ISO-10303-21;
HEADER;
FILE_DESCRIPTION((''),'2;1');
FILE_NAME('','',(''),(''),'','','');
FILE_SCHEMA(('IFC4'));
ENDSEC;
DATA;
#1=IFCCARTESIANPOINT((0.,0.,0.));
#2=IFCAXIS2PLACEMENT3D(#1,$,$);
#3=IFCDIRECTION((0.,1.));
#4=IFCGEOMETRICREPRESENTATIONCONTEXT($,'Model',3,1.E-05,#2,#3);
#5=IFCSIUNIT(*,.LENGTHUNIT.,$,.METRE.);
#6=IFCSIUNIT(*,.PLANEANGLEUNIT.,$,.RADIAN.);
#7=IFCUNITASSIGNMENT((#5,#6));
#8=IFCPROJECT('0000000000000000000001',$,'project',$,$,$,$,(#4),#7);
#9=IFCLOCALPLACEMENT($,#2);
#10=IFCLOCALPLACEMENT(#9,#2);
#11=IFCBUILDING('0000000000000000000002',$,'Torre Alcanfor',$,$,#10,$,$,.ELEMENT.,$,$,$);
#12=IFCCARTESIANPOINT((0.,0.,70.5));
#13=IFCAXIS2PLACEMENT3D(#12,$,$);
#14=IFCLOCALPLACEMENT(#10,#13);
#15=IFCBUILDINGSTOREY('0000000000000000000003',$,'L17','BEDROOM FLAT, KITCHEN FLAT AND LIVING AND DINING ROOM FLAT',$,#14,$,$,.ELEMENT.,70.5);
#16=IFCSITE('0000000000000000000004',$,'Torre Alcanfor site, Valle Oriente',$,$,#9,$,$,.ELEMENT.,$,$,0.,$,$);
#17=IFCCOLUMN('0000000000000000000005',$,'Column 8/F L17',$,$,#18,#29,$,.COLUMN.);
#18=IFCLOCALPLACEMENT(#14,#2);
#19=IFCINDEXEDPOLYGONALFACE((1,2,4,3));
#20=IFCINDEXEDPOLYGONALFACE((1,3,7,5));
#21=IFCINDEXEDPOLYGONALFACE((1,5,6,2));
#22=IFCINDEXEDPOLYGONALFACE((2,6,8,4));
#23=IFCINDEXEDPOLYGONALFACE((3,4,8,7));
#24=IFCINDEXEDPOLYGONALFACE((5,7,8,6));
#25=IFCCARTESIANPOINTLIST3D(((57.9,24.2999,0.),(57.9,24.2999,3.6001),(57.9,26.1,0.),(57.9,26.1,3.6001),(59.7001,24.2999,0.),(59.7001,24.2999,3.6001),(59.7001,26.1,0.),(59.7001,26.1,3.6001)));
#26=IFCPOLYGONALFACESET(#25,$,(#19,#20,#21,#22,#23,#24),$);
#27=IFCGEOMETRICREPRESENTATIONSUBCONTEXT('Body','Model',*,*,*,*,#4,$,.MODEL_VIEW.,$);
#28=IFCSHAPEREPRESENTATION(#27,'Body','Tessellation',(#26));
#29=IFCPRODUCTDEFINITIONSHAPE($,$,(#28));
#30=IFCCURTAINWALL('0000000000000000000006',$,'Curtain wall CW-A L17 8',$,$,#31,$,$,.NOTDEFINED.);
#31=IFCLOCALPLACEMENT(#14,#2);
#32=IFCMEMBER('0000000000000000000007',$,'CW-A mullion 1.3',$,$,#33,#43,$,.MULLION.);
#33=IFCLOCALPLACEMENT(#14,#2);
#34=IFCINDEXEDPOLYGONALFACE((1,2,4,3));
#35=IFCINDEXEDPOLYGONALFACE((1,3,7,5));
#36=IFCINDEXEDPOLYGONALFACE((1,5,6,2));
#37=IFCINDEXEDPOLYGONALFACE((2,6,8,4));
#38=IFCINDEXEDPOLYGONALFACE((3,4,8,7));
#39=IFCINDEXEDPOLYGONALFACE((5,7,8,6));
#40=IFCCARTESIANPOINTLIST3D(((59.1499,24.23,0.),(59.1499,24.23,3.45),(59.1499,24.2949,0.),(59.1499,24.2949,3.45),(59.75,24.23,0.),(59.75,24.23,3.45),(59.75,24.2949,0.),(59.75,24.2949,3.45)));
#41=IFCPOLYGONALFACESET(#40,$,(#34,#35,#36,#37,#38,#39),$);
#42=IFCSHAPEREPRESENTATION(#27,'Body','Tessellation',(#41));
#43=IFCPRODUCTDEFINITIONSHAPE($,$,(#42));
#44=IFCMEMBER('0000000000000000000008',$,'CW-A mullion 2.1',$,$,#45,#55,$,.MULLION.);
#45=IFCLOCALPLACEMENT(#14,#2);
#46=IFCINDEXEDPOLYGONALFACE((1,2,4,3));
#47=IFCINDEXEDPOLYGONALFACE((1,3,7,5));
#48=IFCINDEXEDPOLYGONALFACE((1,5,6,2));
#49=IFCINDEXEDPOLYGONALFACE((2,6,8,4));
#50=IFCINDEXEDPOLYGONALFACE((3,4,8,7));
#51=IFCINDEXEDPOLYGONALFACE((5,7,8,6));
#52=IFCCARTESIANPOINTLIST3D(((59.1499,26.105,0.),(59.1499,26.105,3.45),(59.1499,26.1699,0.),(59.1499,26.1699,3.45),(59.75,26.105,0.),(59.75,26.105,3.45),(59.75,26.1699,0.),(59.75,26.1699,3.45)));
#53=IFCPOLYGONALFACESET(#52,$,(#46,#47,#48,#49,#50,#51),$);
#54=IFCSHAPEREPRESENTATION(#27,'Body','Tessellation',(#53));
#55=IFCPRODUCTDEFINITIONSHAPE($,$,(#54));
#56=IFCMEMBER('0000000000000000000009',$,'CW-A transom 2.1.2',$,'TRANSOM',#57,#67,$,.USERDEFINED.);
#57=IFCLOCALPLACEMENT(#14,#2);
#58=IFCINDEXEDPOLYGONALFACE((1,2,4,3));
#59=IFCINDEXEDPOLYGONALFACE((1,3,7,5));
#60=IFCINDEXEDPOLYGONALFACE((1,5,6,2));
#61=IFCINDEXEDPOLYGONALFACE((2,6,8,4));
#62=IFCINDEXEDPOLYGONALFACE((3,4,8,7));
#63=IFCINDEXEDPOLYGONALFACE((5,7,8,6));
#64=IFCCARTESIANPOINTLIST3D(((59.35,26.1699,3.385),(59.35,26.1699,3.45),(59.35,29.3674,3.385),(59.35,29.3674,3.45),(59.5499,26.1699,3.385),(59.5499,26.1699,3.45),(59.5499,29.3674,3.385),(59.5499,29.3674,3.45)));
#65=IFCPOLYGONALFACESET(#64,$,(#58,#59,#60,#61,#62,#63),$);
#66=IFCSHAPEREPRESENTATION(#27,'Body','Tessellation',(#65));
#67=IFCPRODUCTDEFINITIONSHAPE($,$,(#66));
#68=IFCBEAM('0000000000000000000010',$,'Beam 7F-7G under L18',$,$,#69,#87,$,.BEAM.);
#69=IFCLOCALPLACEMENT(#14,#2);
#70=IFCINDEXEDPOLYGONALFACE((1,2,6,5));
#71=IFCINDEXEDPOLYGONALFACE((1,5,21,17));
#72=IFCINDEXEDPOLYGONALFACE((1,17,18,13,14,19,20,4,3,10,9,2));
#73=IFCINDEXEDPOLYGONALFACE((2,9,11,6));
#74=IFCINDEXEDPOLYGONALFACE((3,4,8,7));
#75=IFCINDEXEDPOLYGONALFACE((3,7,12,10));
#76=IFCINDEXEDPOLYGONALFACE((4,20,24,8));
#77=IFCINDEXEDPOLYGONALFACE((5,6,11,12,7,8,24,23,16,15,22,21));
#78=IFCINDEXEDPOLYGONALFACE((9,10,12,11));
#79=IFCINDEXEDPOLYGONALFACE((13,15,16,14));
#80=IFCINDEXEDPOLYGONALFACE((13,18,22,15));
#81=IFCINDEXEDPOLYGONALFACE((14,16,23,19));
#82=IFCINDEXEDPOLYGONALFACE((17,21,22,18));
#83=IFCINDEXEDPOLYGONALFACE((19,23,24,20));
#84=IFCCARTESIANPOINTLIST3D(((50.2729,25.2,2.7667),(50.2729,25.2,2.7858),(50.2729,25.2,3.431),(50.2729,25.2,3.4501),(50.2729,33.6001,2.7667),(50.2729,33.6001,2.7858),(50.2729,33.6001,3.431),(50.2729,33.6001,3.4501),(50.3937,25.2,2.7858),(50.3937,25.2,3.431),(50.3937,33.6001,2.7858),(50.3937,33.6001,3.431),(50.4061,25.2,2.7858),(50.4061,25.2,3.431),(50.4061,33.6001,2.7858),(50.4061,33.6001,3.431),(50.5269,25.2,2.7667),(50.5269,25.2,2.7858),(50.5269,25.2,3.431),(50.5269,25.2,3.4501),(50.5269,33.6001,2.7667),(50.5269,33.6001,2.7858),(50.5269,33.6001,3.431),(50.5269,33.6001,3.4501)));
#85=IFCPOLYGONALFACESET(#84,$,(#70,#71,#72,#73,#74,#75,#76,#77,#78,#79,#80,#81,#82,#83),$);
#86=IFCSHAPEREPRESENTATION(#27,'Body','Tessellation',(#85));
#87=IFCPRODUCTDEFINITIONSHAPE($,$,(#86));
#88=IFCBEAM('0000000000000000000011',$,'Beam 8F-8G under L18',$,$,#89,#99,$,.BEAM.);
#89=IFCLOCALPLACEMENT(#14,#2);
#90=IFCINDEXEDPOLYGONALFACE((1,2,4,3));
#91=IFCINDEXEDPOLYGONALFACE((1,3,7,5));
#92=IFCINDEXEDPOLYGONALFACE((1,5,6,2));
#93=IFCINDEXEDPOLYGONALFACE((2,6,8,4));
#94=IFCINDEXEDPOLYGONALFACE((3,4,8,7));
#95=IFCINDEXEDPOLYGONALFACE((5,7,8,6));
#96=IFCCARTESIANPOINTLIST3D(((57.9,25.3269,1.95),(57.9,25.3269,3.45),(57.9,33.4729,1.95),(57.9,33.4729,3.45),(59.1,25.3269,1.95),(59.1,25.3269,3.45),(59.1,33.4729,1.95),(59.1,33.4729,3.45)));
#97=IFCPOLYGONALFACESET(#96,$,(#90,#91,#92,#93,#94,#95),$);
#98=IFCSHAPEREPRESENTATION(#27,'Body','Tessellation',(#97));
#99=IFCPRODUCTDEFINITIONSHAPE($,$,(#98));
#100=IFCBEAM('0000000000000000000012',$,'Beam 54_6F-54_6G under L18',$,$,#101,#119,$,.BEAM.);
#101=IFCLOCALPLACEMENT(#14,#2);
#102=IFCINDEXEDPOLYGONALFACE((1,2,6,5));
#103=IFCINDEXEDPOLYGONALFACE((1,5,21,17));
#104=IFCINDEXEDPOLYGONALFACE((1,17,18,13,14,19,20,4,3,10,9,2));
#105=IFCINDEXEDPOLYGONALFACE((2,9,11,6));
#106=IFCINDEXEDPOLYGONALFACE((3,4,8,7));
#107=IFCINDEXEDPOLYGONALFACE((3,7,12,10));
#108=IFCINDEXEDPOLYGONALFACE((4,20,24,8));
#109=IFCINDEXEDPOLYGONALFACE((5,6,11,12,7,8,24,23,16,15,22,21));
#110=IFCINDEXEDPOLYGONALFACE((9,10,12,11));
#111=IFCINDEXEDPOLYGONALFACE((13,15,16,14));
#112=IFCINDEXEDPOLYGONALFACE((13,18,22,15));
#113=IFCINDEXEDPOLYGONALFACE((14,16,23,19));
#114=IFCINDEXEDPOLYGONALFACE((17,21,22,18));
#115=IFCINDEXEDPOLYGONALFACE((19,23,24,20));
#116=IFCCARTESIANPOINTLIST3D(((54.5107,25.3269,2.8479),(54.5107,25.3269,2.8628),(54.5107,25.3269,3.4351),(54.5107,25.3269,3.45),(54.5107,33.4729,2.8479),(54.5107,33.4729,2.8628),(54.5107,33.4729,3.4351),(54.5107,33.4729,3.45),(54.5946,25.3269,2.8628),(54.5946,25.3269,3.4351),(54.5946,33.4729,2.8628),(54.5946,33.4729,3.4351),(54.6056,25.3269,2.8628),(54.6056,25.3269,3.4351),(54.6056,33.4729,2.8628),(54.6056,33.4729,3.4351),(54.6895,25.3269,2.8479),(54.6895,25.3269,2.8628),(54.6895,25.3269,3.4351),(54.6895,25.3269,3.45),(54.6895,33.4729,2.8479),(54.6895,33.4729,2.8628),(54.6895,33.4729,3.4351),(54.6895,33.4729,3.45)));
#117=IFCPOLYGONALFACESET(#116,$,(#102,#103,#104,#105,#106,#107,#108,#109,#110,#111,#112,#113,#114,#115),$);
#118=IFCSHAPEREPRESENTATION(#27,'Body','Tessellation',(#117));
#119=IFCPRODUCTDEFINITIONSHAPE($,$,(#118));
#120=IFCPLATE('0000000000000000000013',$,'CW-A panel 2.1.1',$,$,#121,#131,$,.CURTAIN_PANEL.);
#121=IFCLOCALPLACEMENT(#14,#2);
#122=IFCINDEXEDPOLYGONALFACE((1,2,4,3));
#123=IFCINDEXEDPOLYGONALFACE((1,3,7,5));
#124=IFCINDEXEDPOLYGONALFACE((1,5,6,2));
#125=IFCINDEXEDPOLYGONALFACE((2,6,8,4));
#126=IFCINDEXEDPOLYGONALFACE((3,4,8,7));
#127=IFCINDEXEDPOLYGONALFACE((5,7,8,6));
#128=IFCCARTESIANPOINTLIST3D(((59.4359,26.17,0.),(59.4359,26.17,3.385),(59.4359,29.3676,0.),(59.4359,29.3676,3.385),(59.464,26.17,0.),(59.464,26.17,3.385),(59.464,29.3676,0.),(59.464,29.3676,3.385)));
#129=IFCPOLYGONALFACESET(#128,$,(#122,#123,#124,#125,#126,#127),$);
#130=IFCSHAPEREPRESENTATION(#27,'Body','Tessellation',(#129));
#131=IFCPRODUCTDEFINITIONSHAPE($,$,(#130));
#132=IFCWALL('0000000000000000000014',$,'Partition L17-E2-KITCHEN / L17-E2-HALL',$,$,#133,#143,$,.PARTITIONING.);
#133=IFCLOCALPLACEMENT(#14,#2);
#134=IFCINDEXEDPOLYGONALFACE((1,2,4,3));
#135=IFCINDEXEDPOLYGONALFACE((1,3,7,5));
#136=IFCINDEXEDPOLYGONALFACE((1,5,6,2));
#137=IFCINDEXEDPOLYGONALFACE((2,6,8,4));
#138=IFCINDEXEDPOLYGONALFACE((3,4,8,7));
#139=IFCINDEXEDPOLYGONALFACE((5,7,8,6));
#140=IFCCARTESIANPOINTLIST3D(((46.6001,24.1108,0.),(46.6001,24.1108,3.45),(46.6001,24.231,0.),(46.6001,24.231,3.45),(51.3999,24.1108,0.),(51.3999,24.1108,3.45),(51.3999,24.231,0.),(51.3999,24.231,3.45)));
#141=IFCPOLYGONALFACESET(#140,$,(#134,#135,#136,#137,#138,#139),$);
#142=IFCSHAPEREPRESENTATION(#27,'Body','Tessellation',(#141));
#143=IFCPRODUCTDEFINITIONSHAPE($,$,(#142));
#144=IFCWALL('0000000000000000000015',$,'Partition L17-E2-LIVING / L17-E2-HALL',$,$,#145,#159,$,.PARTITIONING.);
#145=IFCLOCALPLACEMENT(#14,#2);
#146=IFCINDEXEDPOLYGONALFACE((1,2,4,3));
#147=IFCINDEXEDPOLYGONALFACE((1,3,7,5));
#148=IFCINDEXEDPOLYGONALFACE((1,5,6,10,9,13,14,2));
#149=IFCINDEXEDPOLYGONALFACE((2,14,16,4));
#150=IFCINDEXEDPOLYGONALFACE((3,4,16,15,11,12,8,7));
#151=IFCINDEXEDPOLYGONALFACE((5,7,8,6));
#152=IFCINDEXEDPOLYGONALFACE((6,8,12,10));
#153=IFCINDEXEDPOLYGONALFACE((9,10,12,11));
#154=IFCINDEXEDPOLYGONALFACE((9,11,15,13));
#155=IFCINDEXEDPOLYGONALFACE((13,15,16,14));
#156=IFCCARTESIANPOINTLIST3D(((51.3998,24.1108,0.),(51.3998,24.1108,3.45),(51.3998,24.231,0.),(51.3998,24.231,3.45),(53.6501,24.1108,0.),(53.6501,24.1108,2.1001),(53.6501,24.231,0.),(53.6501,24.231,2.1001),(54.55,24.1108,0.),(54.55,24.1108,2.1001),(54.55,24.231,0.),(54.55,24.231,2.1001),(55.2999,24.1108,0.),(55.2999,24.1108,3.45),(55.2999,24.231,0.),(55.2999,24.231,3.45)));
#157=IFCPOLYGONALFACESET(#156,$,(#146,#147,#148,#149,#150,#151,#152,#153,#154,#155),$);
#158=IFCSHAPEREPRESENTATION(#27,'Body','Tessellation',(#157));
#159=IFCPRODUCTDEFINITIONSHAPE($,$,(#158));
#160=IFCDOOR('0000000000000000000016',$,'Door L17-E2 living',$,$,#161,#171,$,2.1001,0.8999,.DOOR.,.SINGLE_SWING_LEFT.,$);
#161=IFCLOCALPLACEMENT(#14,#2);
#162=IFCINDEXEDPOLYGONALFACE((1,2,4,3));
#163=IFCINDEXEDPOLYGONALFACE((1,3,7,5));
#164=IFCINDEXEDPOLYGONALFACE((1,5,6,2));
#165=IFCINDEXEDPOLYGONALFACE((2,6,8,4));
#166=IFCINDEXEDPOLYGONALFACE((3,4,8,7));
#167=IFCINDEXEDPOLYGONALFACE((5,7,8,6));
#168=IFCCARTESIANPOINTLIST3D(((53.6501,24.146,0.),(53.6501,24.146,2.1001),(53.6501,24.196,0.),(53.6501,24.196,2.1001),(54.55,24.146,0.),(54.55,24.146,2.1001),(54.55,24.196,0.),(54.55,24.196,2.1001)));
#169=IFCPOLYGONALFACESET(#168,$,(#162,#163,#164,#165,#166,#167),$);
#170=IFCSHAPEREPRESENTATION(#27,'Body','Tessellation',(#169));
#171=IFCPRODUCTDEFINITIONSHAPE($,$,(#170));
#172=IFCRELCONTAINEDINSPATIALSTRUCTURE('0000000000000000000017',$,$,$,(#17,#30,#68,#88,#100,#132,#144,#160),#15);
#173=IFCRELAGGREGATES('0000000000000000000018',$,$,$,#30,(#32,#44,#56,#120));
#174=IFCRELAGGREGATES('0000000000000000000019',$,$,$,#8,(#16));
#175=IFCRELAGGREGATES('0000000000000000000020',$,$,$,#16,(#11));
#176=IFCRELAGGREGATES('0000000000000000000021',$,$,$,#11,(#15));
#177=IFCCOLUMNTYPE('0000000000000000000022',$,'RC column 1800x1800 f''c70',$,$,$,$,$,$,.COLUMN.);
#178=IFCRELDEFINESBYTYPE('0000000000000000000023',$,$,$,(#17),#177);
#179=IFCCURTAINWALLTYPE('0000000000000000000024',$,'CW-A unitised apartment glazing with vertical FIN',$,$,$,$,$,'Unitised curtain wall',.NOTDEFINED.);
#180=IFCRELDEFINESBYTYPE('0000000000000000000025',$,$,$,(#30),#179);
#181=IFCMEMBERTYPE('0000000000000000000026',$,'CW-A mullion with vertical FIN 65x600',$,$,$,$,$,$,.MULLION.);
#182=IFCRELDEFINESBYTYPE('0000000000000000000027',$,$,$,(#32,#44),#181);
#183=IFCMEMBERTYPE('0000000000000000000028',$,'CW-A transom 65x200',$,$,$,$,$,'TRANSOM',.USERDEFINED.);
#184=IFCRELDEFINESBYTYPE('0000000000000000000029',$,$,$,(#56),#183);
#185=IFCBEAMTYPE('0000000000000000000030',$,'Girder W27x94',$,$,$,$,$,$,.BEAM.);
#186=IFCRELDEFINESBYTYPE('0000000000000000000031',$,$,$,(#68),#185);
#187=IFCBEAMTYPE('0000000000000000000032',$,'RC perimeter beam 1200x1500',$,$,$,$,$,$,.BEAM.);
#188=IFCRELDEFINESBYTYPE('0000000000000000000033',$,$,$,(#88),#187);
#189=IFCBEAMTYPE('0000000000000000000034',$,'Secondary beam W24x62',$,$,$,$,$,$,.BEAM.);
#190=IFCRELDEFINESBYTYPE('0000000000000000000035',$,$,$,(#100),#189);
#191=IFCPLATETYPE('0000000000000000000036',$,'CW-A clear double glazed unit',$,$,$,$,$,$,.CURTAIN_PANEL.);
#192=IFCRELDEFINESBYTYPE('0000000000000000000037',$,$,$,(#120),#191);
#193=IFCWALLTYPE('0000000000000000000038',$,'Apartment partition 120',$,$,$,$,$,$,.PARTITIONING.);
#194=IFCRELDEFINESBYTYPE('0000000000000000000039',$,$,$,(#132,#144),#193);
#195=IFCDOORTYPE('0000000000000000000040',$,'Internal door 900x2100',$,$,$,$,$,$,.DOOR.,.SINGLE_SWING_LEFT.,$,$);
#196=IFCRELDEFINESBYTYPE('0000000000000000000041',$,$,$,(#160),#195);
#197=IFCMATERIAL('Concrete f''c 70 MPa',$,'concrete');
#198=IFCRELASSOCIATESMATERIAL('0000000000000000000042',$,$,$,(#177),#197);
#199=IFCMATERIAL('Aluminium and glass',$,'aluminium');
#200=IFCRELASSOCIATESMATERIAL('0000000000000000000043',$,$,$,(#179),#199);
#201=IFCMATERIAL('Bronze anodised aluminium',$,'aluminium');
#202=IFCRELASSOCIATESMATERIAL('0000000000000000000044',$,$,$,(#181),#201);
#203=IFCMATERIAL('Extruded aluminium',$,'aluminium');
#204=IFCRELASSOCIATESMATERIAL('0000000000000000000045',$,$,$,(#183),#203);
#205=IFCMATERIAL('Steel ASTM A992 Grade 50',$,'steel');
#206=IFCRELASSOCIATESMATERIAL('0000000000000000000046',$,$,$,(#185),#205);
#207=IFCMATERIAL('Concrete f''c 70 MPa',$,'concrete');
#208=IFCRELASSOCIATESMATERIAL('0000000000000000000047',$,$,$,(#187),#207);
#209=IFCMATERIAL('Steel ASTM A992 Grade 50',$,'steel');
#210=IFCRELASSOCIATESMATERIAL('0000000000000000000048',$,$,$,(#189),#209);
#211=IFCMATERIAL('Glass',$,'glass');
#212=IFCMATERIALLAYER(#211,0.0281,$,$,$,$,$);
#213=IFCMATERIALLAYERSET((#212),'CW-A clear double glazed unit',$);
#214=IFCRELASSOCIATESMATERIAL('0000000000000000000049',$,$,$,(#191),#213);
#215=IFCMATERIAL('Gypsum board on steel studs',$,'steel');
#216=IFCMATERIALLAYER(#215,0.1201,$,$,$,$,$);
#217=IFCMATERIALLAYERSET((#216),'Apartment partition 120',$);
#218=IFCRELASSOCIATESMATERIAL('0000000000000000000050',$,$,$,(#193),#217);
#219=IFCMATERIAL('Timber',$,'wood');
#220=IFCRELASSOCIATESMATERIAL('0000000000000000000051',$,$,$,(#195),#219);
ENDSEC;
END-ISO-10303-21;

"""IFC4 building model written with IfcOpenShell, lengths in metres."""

from ifc_helpers import new_model, si_unit, direction, frame, frame_2d, origin, origin_2d, place, context, subcontext, project, spatial, rectangle, i_section, extrude, material, layer, layer_set, material_profile, profile_set, type_object, element, fill, aggregate, save


model = new_model("IFC4")

# Units and contexts
model_context = context("Model", 3, precision=1e-05, world=origin(), true_north=direction((0.0, 1.0)))
body_context = subcontext(model_context, "Body", "Model", "MODEL_VIEW")
ifc_project = project(units=[si_unit("LENGTHUNIT", "METRE"), si_unit("PLANEANGLEUNIT", "RADIAN")], contexts=[model_context])

# Site, building, storey
site_placement = place(None, origin())
site = spatial("IfcSite", under=ifc_project, at=site_placement, Name="Torre Alcanfor site, Valle Oriente", CompositionType="ELEMENT", RefElevation=0.0)
building_placement = place(site_placement, origin())
building = spatial("IfcBuilding", under=site, at=building_placement, Name="Torre Alcanfor", CompositionType="ELEMENT")
storey_placement = place(building_placement, frame((0.0, 0.0, 70.5)))
storey = spatial("IfcBuildingStorey", under=building, at=storey_placement, Name="L17", Description="BEDROOM FLAT, KITCHEN FLAT AND LIVING AND DINING ROOM FLAT", CompositionType="ELEMENT", Elevation=70.5)

# Column
ifc_material_1 = material(Name="Concrete f'c 70 MPa", Category="concrete")
ifc_material_profile_1 = material_profile(ifc_material_1, rectangle(XDim=1.8, YDim=1.8, at=origin_2d()), Name="1800x1800")
ifc_profile_set_1 = profile_set([ifc_material_profile_1], Name="Concrete f'c 70 MPa")
column_type = type_object("IfcColumnType", Name="RC column 1800x1800 f'c70", PredefinedType="COLUMN", material=ifc_profile_set_1)
column_placement = place(storey_placement, frame((58.8, 25.2, 0.0), z_axis=(0.0, 0.0, 1.0), x_axis=(1.0, 0.0, 0.0)))
element("IfcColumn", 1, at=column_placement, inside=storey, type_object=column_type, Name="Column 8/F L17", PredefinedType="COLUMN", context=body_context, shape_type="SweptSolid", body=[
    extrude(rectangle(XDim=1.8, YDim=1.8, at=origin_2d()), origin(), (0.0, 0.0, 1.0), 3.6001),
])

# Curtain wall, members
ifc_material_2 = material(Name="Aluminium and glass", Category="aluminium")
curtain_wall_type = type_object("IfcCurtainWallType", Name="CW-A unitised apartment glazing with vertical FIN", ElementType="Unitised curtain wall", PredefinedType="NOTDEFINED", material=ifc_material_2)
curtain_wall_placement = place(storey_placement, origin())
curtain_wall = element("IfcCurtainWall", 2, at=curtain_wall_placement, inside=storey, type_object=curtain_wall_type, Name="Curtain wall CW-A L17 8", PredefinedType="NOTDEFINED")
ifc_material_3 = material(Name="Bronze anodised aluminium", Category="aluminium")
ifc_material_profile_2 = material_profile(ifc_material_3, rectangle(XDim=0.6001, YDim=0.0649, at=origin_2d()), Name="CW-A mullion 65x600")
ifc_profile_set_2 = profile_set([ifc_material_profile_2], Name="Bronze anodised aluminium")
member_type_1 = type_object("IfcMemberType", Name="CW-A mullion with vertical FIN 65x600", PredefinedType="MULLION", material=ifc_profile_set_2)
member_1_placement = place(storey_placement, frame((59.45, 24.2625, 0.0), z_axis=(0.0, 0.0, 1.0), x_axis=(-1.0, 0.0, 0.0)))
member_1 = element("IfcMember", 3, at=member_1_placement, type_object=member_type_1, Name="CW-A mullion 1.3", PredefinedType="MULLION", context=body_context, shape_type="SweptSolid", body=[
    extrude(rectangle(XDim=0.6001, YDim=0.0649, at=origin_2d()), origin(), (0.0, 0.0, 1.0), 3.45),
])
member_2_placement = place(storey_placement, frame((59.45, 26.1375, 0.0), z_axis=(0.0, 0.0, 1.0), x_axis=(-1.0, 0.0, 0.0)))
member_2 = element("IfcMember", 4, at=member_2_placement, type_object=member_type_1, Name="CW-A mullion 2.1", PredefinedType="MULLION", context=body_context, shape_type="SweptSolid", body=[
    extrude(rectangle(XDim=0.6001, YDim=0.0649, at=origin_2d()), origin(), (0.0, 0.0, 1.0), 3.45),
])
ifc_material_4 = material(Name="Extruded aluminium", Category="aluminium")
ifc_material_profile_3 = material_profile(ifc_material_4, rectangle(XDim=0.2, YDim=0.0649, at=origin_2d()), Name="CW-A transom 200x65")
ifc_profile_set_3 = profile_set([ifc_material_profile_3], Name="Extruded aluminium")
member_type_2 = type_object("IfcMemberType", Name="CW-A transom 65x200", ElementType="TRANSOM", PredefinedType="USERDEFINED", material=ifc_profile_set_3)
member_3_placement = place(storey_placement, frame((59.45, 26.1699, 3.4175), z_axis=(0.0, 1.0, 0.0), x_axis=(-1.0, 0.0, 0.0)))
member_3 = element("IfcMember", 5, at=member_3_placement, type_object=member_type_2, Name="CW-A transom 2.1.2", ObjectType="TRANSOM", PredefinedType="USERDEFINED", context=body_context, shape_type="SweptSolid", body=[
    extrude(rectangle(XDim=0.2, YDim=0.0649, at=origin_2d()), origin(), (0.0, 0.0, 1.0), 3.1975),
])

# Beams
ifc_material_5 = material(Name="Steel ASTM A992 Grade 50", Category="steel")
ifc_material_profile_4 = material_profile(ifc_material_5, i_section(OverallWidth=0.2539, OverallDepth=0.6833, WebThickness=0.0125, FlangeThickness=0.019, at=origin_2d()), Name="W27x94")
ifc_profile_set_4 = profile_set([ifc_material_profile_4], Name="Steel ASTM A992 Grade 50")
beam_type_1 = type_object("IfcBeamType", Name="Girder W27x94", PredefinedType="BEAM", material=ifc_profile_set_4)
beam_1_placement = place(storey_placement, frame((50.3999, 25.2, 3.1084), z_axis=(0.0, 1.0, 0.0), x_axis=(-1.0, 0.0, 0.0)))
element("IfcBeam", 6, at=beam_1_placement, inside=storey, type_object=beam_type_1, Name="Beam 7F-7G under L18", PredefinedType="BEAM", context=body_context, shape_type="SweptSolid", body=[
    extrude(i_section(OverallWidth=0.2539, OverallDepth=0.6833, WebThickness=0.0125, FlangeThickness=0.019, at=origin_2d()), origin(), (0.0, 0.0, 1.0), 8.4001),
])
ifc_material_6 = material(Name="Concrete f'c 70 MPa", Category="concrete")
ifc_material_profile_5 = material_profile(ifc_material_6, rectangle(XDim=1.2, YDim=1.5, at=origin_2d()), Name="1200x1500")
ifc_profile_set_5 = profile_set([ifc_material_profile_5], Name="Concrete f'c 70 MPa")
beam_type_2 = type_object("IfcBeamType", Name="RC perimeter beam 1200x1500", PredefinedType="BEAM", material=ifc_profile_set_5)
beam_2_placement = place(storey_placement, frame((58.5, 25.3269, 2.7), z_axis=(0.0, 1.0, 0.0), x_axis=(-1.0, 0.0, 0.0)))
element("IfcBeam", 7, at=beam_2_placement, inside=storey, type_object=beam_type_2, Name="Beam 8F-8G under L18", PredefinedType="BEAM", context=body_context, shape_type="SweptSolid", body=[
    extrude(rectangle(XDim=1.2, YDim=1.5, at=origin_2d()), origin(), (0.0, 0.0, 1.0), 8.146),
])
ifc_material_7 = material(Name="Steel ASTM A992 Grade 50", Category="steel")
ifc_material_profile_6 = material_profile(ifc_material_7, i_section(OverallWidth=0.1787, OverallDepth=0.6021, WebThickness=0.011, FlangeThickness=0.0149, at=origin_2d()), Name="W24x62")
ifc_profile_set_6 = profile_set([ifc_material_profile_6], Name="Steel ASTM A992 Grade 50")
beam_type_3 = type_object("IfcBeamType", Name="Secondary beam W24x62", PredefinedType="BEAM", material=ifc_profile_set_6)
beam_3_placement = place(storey_placement, frame((54.6001, 25.3269, 3.1489), z_axis=(0.0, 1.0, 0.0), x_axis=(-1.0, 0.0, 0.0)))
element("IfcBeam", 8, at=beam_3_placement, inside=storey, type_object=beam_type_3, Name="Beam 54_6F-54_6G under L18", PredefinedType="BEAM", context=body_context, shape_type="SweptSolid", body=[
    extrude(i_section(OverallWidth=0.1787, OverallDepth=0.6021, WebThickness=0.011, FlangeThickness=0.0149, at=origin_2d()), origin(), (0.0, 0.0, 1.0), 8.146),
])

# Plate
ifc_material_8 = material(Name="Glass", Category="glass")
ifc_layer_1 = layer(ifc_material_8, 0.0281)
ifc_layer_set_1 = layer_set([ifc_layer_1], Name="CW-A clear double glazed unit")
plate_type = type_object("IfcPlateType", Name="CW-A clear double glazed unit", PredefinedType="CURTAIN_PANEL", material=ifc_layer_set_1)
plate_placement = place(storey_placement, frame((59.45, 27.7688, 0.0), z_axis=(0.0, 0.0, 1.0), x_axis=(0.0, 1.0, 0.0)))
plate = element("IfcPlate", 9, at=plate_placement, type_object=plate_type, Name="CW-A panel 2.1.1", PredefinedType="CURTAIN_PANEL", context=body_context, shape_type="SweptSolid", body=[
    extrude(rectangle(XDim=3.1975, YDim=0.0281, at=origin_2d()), origin(), (0.0, 0.0, 1.0), 3.385),
])
aggregate(curtain_wall, [member_1, member_2, member_3, plate])

# Wall
ifc_material_9 = material(Name="Gypsum board on steel studs", Category="steel")
ifc_layer_2 = layer(ifc_material_9, 0.1201)
ifc_layer_set_2 = layer_set([ifc_layer_2], Name="Apartment partition 120")
wall_type_1 = type_object("IfcWallType", Name="Apartment partition 120", PredefinedType="PARTITIONING", material=ifc_layer_set_2)
wall_1_placement = place(storey_placement, frame((51.3999, 24.1709, 0.0), z_axis=(0.0, 0.0, 1.0), x_axis=(-1.0, 0.0, 0.0)))
element("IfcWall", 10, at=wall_1_placement, inside=storey, type_object=wall_type_1, Name="Partition L17-E2-KITCHEN / L17-E2-HALL", PredefinedType="PARTITIONING", context=body_context, shape_type="SweptSolid", body=[
    extrude(rectangle(XDim=4.7998, YDim=0.1201, at=frame_2d((2.3999, 0.0))), origin(), (0.0, 0.0, 1.0), 3.45),
])

# Wall, opening, door
wall_2_placement = place(storey_placement, frame((55.3, 24.1709, 0.0), z_axis=(0.0, 0.0, 1.0), x_axis=(-1.0, 0.0, 0.0)))
wall_2 = element("IfcWall", 11, at=wall_2_placement, inside=storey, type_object=wall_type_1, Name="Partition L17-E2-LIVING / L17-E2-HALL", PredefinedType="PARTITIONING", context=body_context, shape_type="SweptSolid", body=[
    extrude(rectangle(XDim=3.9001, YDim=0.1201, at=frame_2d((1.9502, 0.0))), origin(), (0.0, 0.0, 1.0), 3.45),
])
opening_1_placement = place(wall_2_placement, frame((0.75, 0.0, 0.0)))
opening_1 = element("IfcOpeningElement", 12, at=opening_1_placement, cuts=wall_2, PredefinedType="OPENING", context=body_context, shape_type="SweptSolid", body=[
    extrude(rectangle(XDim=0.8999, YDim=2.1001, at=frame_2d((0.45, 1.05))), frame((0.0, 0.0701, 0.0), z_axis=(0.0, -1.0, 0.0), x_axis=(1.0, 0.0, 0.0)), (0.0, 0.0, 1.0), 0.1401),
])
ifc_material_10 = material(Name="Timber", Category="wood")
door_type_1 = type_object("IfcDoorType", Name="Internal door 900x2100", OperationType="SINGLE_SWING_LEFT", PredefinedType="DOOR", material=ifc_material_10)
door_1_placement = place(opening_1_placement, frame((0.8999, 0.0, 0.0), z_axis=(0.0, 0.0, 1.0), x_axis=(-1.0, 0.0, 0.0)))
door_1 = element("IfcDoor", 13, at=door_1_placement, inside=storey, type_object=door_type_1, Name="Door L17-E2 living", OperationType="SINGLE_SWING_LEFT", OverallHeight=2.1001, OverallWidth=0.8999, PredefinedType="DOOR", context=body_context, shape_type="SweptSolid", body=[
    extrude(rectangle(XDim=0.8999, YDim=2.1001, at=frame_2d((0.45, 1.05))), frame((0.0, 0.0251, 0.0), z_axis=(0.0, -1.0, 0.0), x_axis=(1.0, 0.0, 0.0)), (0.0, 0.0, 1.0), 0.05),
])
fill(opening_1, door_1)

save(model, "model.ifc")
